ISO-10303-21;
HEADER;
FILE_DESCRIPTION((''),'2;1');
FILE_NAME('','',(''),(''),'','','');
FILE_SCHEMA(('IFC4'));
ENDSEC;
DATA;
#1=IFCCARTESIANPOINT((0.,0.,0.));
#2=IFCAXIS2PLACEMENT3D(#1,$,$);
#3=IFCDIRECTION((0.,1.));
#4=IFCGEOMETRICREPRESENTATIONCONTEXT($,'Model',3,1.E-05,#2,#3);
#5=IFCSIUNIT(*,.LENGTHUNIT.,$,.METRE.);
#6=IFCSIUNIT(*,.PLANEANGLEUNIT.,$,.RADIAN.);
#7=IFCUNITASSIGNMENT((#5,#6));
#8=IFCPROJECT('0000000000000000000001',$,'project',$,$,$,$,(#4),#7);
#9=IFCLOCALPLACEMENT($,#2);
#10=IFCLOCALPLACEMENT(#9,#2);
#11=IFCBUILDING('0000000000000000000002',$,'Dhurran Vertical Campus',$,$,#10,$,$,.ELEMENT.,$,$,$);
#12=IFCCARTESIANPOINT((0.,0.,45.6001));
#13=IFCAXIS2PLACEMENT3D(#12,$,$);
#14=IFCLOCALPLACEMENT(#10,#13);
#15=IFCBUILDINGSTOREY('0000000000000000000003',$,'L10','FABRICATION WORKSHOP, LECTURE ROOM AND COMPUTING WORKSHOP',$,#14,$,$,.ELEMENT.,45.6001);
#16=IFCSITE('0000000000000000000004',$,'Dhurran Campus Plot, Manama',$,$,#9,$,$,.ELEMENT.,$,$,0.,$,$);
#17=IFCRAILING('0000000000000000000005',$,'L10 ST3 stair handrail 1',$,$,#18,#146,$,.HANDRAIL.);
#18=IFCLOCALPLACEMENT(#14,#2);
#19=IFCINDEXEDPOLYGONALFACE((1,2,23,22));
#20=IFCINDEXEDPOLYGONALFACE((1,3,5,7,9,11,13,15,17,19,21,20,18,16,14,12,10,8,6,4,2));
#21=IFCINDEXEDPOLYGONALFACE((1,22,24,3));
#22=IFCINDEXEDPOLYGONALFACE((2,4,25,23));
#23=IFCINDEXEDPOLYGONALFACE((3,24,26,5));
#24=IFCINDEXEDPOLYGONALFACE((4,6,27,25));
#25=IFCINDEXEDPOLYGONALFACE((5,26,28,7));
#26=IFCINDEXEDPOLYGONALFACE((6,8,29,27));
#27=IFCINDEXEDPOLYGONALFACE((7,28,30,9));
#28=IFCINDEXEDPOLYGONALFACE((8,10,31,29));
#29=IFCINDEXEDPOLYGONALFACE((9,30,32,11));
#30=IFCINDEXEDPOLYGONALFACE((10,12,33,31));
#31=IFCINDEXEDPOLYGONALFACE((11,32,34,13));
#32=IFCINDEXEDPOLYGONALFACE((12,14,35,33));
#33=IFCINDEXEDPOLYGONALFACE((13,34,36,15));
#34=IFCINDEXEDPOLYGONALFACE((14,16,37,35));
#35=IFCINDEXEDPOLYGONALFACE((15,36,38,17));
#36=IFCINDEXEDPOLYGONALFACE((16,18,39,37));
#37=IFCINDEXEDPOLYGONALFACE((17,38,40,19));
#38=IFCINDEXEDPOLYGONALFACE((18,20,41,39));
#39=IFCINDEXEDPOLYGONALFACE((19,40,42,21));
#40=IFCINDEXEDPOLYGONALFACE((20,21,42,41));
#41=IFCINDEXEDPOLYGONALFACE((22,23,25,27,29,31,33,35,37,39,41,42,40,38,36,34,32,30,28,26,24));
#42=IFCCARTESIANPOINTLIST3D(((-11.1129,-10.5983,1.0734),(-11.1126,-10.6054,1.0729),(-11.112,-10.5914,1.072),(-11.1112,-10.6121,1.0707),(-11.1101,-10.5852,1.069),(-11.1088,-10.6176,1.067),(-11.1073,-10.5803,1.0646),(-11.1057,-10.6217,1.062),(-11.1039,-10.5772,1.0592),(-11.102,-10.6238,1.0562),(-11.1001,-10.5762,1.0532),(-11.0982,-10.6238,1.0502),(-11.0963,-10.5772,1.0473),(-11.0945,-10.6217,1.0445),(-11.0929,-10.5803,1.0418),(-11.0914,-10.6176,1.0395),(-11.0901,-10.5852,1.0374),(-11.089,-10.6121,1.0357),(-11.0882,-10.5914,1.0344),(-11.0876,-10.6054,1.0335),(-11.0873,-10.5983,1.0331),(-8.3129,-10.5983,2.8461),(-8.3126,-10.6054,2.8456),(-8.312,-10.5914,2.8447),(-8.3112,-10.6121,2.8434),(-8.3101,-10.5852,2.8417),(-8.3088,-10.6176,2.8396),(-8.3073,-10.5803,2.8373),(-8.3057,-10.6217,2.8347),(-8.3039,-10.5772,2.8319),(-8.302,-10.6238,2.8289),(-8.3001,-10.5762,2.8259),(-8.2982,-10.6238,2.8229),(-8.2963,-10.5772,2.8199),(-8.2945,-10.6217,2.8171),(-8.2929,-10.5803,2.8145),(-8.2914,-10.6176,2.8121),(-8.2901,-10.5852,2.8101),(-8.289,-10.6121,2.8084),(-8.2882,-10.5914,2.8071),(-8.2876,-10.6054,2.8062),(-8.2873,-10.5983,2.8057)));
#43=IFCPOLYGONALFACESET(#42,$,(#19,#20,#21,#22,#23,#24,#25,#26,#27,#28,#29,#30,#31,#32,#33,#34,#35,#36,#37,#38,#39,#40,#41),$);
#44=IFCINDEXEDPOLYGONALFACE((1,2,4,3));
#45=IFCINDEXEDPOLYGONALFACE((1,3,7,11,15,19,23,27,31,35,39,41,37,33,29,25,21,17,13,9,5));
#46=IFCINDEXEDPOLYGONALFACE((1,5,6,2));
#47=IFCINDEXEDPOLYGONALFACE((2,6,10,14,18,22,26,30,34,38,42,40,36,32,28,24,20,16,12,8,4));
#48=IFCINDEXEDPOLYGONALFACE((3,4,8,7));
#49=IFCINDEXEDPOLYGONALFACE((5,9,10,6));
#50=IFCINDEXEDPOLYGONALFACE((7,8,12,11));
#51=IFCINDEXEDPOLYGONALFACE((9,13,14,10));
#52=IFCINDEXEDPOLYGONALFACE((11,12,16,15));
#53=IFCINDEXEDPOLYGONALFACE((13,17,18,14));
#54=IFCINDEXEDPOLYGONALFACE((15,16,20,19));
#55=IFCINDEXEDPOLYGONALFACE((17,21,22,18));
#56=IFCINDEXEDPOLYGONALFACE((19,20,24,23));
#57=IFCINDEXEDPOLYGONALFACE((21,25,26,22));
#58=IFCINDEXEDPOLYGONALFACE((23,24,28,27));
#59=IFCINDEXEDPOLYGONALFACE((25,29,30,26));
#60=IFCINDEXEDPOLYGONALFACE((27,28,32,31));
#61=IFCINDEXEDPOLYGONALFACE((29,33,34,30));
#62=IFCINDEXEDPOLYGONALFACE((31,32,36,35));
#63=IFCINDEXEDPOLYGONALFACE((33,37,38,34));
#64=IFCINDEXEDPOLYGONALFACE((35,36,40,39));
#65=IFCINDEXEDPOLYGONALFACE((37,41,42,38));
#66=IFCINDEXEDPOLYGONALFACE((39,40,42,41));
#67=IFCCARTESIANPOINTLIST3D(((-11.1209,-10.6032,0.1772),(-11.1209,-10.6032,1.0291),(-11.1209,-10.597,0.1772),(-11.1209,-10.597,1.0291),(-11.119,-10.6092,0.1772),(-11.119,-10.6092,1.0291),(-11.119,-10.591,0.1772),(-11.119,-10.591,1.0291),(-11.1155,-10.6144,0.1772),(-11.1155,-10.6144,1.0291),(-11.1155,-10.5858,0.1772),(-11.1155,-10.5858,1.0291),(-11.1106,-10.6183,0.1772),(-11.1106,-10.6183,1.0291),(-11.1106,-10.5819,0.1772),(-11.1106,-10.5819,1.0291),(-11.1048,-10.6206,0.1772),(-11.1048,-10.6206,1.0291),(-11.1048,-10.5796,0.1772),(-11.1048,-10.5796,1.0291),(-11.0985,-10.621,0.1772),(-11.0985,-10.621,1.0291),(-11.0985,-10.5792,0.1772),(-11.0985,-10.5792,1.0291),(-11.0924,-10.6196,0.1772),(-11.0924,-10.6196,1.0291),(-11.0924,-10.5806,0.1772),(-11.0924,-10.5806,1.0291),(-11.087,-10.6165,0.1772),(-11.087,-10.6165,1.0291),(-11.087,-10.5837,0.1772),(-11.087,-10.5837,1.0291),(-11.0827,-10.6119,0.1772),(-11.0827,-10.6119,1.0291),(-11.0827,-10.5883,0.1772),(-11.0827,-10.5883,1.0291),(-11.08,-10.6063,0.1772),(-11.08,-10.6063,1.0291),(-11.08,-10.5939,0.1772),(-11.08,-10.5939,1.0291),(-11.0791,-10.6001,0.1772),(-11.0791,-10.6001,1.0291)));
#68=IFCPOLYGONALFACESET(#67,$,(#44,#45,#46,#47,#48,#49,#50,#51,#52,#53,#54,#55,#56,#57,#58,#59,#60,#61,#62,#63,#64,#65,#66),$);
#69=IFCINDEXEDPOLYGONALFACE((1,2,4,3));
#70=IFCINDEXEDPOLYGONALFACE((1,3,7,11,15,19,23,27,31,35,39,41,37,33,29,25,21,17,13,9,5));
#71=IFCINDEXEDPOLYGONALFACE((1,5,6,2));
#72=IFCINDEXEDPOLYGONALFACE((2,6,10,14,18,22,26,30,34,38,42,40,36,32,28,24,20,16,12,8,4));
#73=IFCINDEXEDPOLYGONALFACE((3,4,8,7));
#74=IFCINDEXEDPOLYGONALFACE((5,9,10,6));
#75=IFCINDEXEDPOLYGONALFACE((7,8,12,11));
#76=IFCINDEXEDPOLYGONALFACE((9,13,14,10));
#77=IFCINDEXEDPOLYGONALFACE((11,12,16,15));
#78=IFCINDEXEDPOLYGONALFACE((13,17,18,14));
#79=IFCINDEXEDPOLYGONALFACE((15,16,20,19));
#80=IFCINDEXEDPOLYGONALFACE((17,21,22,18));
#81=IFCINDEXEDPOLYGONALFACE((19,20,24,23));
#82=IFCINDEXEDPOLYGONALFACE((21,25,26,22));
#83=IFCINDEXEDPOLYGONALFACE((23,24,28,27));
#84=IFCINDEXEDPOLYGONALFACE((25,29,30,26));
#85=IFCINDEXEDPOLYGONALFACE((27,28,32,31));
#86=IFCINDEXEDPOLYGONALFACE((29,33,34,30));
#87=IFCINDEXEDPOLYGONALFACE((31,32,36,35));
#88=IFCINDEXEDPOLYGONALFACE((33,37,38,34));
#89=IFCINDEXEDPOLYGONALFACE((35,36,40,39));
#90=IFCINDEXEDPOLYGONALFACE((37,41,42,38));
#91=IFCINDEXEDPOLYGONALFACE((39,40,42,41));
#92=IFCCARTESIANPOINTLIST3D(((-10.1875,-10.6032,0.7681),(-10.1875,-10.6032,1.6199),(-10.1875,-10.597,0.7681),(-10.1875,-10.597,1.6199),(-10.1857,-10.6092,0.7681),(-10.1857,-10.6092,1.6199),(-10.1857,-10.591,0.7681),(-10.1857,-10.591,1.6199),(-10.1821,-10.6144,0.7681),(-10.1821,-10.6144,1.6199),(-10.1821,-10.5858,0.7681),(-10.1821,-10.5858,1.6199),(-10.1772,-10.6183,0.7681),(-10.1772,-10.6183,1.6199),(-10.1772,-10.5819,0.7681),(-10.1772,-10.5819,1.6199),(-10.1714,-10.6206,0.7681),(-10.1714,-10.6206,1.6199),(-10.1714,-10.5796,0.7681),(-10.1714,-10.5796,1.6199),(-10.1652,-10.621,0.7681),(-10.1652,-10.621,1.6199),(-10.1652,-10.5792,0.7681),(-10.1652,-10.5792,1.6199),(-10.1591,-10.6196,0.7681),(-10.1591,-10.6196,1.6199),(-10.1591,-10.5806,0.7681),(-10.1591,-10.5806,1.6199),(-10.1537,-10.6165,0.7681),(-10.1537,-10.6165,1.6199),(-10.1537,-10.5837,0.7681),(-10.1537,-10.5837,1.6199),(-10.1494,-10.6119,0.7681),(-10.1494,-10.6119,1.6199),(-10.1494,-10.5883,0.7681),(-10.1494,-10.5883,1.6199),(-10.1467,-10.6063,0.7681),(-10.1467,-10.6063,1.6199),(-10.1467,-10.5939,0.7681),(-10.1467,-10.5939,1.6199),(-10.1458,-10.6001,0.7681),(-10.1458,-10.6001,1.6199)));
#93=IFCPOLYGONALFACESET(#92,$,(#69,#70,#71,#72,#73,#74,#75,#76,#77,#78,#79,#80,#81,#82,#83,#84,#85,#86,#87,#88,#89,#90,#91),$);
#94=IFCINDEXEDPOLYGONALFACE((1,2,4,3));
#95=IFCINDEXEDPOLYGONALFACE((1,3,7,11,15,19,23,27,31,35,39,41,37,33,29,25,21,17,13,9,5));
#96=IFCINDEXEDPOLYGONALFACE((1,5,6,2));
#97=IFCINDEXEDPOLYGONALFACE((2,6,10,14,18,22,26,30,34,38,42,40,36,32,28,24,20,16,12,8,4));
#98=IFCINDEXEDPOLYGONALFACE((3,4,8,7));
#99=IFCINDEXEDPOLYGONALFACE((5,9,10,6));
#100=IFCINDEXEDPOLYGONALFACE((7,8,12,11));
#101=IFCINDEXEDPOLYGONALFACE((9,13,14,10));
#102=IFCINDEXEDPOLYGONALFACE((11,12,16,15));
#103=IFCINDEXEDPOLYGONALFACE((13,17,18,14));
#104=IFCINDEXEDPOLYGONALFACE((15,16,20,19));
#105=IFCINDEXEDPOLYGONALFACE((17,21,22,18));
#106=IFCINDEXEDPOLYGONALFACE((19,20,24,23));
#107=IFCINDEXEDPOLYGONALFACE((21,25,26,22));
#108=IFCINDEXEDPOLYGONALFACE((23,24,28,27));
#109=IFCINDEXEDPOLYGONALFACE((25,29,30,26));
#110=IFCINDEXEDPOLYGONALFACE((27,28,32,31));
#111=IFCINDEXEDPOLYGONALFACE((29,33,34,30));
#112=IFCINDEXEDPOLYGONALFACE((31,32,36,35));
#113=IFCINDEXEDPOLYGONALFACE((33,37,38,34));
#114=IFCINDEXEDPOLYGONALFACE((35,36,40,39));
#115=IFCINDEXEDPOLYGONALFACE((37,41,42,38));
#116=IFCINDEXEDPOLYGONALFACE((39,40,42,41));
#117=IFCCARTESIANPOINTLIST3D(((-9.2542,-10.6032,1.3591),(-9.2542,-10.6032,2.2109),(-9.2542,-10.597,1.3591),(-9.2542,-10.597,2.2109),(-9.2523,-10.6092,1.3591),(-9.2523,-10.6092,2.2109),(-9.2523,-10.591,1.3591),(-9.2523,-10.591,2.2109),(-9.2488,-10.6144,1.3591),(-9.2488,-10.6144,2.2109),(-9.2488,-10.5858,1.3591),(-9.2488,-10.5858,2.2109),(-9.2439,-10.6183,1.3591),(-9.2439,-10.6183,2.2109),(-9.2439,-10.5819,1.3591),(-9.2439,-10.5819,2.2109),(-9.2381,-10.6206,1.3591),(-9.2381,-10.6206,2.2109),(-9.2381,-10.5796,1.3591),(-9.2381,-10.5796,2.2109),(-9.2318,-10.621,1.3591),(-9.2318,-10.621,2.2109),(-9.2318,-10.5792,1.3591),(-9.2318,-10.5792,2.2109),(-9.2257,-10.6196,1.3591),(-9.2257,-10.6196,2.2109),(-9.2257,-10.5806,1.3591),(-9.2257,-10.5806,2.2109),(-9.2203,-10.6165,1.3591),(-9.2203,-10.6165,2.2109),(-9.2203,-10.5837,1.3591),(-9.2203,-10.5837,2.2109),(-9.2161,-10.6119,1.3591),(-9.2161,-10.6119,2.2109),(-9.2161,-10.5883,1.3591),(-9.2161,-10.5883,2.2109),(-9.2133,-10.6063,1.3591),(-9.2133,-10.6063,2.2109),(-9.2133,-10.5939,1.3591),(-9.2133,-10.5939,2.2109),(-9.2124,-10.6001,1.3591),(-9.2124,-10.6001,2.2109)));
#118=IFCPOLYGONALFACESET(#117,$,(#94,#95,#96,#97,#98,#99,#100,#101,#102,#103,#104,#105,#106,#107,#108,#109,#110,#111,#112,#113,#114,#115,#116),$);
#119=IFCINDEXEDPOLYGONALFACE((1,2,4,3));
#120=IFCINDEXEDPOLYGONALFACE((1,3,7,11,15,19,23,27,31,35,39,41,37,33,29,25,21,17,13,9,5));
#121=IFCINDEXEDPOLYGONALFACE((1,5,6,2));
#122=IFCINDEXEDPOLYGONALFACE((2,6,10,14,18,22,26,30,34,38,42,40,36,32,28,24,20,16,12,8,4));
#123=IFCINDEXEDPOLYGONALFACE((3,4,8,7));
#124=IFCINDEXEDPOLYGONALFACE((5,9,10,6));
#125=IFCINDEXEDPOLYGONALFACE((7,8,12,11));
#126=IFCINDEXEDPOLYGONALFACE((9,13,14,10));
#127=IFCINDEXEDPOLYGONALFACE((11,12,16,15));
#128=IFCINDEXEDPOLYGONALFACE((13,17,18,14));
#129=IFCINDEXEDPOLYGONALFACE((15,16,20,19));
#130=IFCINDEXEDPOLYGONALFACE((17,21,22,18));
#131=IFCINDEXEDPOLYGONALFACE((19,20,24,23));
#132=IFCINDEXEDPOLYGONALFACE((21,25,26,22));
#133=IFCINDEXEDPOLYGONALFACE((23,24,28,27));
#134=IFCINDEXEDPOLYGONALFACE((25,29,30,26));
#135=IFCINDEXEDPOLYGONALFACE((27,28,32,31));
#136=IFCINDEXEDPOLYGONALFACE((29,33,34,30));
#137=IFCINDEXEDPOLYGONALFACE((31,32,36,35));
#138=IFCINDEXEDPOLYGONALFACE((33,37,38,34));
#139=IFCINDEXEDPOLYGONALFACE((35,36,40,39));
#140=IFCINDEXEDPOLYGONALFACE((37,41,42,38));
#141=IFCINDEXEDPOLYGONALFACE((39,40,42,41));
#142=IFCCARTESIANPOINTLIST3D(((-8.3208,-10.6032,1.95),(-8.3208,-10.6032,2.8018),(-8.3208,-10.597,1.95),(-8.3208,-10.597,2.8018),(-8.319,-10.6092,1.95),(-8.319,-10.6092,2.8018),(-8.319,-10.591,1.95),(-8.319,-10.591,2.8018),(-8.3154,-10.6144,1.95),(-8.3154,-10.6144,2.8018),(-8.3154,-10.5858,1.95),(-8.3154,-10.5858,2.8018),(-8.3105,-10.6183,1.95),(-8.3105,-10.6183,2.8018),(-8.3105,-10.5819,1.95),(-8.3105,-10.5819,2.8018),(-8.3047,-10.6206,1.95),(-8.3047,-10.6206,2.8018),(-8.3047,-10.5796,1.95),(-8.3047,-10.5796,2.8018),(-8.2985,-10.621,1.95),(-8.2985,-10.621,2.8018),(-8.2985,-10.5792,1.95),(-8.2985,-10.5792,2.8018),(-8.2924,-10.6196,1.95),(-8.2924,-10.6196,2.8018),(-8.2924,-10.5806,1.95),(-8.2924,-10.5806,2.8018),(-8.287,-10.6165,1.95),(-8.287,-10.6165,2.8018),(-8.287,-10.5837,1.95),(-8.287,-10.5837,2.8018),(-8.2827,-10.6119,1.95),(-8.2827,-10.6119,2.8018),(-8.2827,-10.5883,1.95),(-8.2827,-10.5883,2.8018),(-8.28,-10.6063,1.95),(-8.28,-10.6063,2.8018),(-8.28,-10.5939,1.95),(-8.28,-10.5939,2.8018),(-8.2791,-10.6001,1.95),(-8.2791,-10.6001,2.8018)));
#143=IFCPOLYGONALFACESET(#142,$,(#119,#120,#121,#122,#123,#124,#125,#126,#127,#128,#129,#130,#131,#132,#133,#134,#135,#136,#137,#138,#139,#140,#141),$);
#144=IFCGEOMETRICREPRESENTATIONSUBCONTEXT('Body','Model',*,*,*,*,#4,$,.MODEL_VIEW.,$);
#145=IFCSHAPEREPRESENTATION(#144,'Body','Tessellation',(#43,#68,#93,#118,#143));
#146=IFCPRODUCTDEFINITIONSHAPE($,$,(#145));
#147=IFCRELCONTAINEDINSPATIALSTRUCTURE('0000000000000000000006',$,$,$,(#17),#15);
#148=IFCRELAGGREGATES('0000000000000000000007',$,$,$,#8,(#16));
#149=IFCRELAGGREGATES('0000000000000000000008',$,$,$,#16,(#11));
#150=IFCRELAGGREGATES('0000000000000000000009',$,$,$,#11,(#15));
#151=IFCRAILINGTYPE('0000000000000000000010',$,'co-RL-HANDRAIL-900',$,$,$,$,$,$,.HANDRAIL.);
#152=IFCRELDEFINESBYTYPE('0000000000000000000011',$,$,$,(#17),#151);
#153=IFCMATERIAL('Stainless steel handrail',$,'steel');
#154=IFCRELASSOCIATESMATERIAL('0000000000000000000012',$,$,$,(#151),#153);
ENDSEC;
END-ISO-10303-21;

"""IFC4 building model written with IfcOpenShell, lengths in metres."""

from ifc_helpers import new_model, si_unit, direction, frame, origin, origin_2d, place, context, subcontext, project, spatial, circle, extrude, material, type_object, element, save


model = new_model("IFC4")

# Units and contexts
model_context = context("Model", 3, precision=1e-05, world=origin(), true_north=direction((0.0, 1.0)))
body_context = subcontext(model_context, "Body", "Model", "MODEL_VIEW")
ifc_project = project(units=[si_unit("LENGTHUNIT", "METRE"), si_unit("PLANEANGLEUNIT", "RADIAN")], contexts=[model_context])

# Site, building, storey
site_placement = place(None, origin())
site = spatial("IfcSite", under=ifc_project, at=site_placement, Name="Dhurran Campus Plot, Manama", CompositionType="ELEMENT", RefElevation=0.0)
building_placement = place(site_placement, origin())
building = spatial("IfcBuilding", under=site, at=building_placement, Name="Dhurran Vertical Campus", CompositionType="ELEMENT")
storey_placement = place(building_placement, frame((0.0, 0.0, 45.6001)))
storey = spatial("IfcBuildingStorey", under=building, at=storey_placement, Name="L10", Description="FABRICATION WORKSHOP, LECTURE ROOM AND COMPUTING WORKSHOP", CompositionType="ELEMENT", Elevation=45.6001)

# Railing
ifc_material_1 = material(Name="Stainless steel handrail", Category="steel")
railing_type_1 = type_object("IfcRailingType", Name="co-RL-HANDRAIL-900", PredefinedType="HANDRAIL", material=ifc_material_1)
railing_1_placement = place(storey_placement, frame((-11.1001, -10.6001, 0.1772)))
element("IfcRailing", 1, at=railing_1_placement, inside=storey, type_object=railing_type_1, Name="L10 ST3 stair handrail 1", PredefinedType="HANDRAIL", context=body_context, shape_type="SweptSolid", body=[
    extrude(circle(Radius=0.0239, at=origin_2d()), frame((0.0, 0.0, 0.876), z_axis=(0.844909, 0.0, 0.53491), x_axis=(0.0, 1.0, 0.0)), (0.0, 0.0, 1.0), 3.314),
    extrude(circle(Radius=0.021, at=origin_2d()), origin(), (0.0, 0.0, 1.0), 0.8518),
    extrude(circle(Radius=0.021, at=origin_2d()), frame((0.9333, 0.0, 0.5908)), (0.0, 0.0, 1.0), 0.8518),
    extrude(circle(Radius=0.021, at=origin_2d()), frame((1.8667, 0.0, 1.1819)), (0.0, 0.0, 1.0), 0.8518),
    extrude(circle(Radius=0.021, at=origin_2d()), frame((2.8, 0.0, 1.7727)), (0.0, 0.0, 1.0), 0.8518),
])

save(model, "model.ifc")
